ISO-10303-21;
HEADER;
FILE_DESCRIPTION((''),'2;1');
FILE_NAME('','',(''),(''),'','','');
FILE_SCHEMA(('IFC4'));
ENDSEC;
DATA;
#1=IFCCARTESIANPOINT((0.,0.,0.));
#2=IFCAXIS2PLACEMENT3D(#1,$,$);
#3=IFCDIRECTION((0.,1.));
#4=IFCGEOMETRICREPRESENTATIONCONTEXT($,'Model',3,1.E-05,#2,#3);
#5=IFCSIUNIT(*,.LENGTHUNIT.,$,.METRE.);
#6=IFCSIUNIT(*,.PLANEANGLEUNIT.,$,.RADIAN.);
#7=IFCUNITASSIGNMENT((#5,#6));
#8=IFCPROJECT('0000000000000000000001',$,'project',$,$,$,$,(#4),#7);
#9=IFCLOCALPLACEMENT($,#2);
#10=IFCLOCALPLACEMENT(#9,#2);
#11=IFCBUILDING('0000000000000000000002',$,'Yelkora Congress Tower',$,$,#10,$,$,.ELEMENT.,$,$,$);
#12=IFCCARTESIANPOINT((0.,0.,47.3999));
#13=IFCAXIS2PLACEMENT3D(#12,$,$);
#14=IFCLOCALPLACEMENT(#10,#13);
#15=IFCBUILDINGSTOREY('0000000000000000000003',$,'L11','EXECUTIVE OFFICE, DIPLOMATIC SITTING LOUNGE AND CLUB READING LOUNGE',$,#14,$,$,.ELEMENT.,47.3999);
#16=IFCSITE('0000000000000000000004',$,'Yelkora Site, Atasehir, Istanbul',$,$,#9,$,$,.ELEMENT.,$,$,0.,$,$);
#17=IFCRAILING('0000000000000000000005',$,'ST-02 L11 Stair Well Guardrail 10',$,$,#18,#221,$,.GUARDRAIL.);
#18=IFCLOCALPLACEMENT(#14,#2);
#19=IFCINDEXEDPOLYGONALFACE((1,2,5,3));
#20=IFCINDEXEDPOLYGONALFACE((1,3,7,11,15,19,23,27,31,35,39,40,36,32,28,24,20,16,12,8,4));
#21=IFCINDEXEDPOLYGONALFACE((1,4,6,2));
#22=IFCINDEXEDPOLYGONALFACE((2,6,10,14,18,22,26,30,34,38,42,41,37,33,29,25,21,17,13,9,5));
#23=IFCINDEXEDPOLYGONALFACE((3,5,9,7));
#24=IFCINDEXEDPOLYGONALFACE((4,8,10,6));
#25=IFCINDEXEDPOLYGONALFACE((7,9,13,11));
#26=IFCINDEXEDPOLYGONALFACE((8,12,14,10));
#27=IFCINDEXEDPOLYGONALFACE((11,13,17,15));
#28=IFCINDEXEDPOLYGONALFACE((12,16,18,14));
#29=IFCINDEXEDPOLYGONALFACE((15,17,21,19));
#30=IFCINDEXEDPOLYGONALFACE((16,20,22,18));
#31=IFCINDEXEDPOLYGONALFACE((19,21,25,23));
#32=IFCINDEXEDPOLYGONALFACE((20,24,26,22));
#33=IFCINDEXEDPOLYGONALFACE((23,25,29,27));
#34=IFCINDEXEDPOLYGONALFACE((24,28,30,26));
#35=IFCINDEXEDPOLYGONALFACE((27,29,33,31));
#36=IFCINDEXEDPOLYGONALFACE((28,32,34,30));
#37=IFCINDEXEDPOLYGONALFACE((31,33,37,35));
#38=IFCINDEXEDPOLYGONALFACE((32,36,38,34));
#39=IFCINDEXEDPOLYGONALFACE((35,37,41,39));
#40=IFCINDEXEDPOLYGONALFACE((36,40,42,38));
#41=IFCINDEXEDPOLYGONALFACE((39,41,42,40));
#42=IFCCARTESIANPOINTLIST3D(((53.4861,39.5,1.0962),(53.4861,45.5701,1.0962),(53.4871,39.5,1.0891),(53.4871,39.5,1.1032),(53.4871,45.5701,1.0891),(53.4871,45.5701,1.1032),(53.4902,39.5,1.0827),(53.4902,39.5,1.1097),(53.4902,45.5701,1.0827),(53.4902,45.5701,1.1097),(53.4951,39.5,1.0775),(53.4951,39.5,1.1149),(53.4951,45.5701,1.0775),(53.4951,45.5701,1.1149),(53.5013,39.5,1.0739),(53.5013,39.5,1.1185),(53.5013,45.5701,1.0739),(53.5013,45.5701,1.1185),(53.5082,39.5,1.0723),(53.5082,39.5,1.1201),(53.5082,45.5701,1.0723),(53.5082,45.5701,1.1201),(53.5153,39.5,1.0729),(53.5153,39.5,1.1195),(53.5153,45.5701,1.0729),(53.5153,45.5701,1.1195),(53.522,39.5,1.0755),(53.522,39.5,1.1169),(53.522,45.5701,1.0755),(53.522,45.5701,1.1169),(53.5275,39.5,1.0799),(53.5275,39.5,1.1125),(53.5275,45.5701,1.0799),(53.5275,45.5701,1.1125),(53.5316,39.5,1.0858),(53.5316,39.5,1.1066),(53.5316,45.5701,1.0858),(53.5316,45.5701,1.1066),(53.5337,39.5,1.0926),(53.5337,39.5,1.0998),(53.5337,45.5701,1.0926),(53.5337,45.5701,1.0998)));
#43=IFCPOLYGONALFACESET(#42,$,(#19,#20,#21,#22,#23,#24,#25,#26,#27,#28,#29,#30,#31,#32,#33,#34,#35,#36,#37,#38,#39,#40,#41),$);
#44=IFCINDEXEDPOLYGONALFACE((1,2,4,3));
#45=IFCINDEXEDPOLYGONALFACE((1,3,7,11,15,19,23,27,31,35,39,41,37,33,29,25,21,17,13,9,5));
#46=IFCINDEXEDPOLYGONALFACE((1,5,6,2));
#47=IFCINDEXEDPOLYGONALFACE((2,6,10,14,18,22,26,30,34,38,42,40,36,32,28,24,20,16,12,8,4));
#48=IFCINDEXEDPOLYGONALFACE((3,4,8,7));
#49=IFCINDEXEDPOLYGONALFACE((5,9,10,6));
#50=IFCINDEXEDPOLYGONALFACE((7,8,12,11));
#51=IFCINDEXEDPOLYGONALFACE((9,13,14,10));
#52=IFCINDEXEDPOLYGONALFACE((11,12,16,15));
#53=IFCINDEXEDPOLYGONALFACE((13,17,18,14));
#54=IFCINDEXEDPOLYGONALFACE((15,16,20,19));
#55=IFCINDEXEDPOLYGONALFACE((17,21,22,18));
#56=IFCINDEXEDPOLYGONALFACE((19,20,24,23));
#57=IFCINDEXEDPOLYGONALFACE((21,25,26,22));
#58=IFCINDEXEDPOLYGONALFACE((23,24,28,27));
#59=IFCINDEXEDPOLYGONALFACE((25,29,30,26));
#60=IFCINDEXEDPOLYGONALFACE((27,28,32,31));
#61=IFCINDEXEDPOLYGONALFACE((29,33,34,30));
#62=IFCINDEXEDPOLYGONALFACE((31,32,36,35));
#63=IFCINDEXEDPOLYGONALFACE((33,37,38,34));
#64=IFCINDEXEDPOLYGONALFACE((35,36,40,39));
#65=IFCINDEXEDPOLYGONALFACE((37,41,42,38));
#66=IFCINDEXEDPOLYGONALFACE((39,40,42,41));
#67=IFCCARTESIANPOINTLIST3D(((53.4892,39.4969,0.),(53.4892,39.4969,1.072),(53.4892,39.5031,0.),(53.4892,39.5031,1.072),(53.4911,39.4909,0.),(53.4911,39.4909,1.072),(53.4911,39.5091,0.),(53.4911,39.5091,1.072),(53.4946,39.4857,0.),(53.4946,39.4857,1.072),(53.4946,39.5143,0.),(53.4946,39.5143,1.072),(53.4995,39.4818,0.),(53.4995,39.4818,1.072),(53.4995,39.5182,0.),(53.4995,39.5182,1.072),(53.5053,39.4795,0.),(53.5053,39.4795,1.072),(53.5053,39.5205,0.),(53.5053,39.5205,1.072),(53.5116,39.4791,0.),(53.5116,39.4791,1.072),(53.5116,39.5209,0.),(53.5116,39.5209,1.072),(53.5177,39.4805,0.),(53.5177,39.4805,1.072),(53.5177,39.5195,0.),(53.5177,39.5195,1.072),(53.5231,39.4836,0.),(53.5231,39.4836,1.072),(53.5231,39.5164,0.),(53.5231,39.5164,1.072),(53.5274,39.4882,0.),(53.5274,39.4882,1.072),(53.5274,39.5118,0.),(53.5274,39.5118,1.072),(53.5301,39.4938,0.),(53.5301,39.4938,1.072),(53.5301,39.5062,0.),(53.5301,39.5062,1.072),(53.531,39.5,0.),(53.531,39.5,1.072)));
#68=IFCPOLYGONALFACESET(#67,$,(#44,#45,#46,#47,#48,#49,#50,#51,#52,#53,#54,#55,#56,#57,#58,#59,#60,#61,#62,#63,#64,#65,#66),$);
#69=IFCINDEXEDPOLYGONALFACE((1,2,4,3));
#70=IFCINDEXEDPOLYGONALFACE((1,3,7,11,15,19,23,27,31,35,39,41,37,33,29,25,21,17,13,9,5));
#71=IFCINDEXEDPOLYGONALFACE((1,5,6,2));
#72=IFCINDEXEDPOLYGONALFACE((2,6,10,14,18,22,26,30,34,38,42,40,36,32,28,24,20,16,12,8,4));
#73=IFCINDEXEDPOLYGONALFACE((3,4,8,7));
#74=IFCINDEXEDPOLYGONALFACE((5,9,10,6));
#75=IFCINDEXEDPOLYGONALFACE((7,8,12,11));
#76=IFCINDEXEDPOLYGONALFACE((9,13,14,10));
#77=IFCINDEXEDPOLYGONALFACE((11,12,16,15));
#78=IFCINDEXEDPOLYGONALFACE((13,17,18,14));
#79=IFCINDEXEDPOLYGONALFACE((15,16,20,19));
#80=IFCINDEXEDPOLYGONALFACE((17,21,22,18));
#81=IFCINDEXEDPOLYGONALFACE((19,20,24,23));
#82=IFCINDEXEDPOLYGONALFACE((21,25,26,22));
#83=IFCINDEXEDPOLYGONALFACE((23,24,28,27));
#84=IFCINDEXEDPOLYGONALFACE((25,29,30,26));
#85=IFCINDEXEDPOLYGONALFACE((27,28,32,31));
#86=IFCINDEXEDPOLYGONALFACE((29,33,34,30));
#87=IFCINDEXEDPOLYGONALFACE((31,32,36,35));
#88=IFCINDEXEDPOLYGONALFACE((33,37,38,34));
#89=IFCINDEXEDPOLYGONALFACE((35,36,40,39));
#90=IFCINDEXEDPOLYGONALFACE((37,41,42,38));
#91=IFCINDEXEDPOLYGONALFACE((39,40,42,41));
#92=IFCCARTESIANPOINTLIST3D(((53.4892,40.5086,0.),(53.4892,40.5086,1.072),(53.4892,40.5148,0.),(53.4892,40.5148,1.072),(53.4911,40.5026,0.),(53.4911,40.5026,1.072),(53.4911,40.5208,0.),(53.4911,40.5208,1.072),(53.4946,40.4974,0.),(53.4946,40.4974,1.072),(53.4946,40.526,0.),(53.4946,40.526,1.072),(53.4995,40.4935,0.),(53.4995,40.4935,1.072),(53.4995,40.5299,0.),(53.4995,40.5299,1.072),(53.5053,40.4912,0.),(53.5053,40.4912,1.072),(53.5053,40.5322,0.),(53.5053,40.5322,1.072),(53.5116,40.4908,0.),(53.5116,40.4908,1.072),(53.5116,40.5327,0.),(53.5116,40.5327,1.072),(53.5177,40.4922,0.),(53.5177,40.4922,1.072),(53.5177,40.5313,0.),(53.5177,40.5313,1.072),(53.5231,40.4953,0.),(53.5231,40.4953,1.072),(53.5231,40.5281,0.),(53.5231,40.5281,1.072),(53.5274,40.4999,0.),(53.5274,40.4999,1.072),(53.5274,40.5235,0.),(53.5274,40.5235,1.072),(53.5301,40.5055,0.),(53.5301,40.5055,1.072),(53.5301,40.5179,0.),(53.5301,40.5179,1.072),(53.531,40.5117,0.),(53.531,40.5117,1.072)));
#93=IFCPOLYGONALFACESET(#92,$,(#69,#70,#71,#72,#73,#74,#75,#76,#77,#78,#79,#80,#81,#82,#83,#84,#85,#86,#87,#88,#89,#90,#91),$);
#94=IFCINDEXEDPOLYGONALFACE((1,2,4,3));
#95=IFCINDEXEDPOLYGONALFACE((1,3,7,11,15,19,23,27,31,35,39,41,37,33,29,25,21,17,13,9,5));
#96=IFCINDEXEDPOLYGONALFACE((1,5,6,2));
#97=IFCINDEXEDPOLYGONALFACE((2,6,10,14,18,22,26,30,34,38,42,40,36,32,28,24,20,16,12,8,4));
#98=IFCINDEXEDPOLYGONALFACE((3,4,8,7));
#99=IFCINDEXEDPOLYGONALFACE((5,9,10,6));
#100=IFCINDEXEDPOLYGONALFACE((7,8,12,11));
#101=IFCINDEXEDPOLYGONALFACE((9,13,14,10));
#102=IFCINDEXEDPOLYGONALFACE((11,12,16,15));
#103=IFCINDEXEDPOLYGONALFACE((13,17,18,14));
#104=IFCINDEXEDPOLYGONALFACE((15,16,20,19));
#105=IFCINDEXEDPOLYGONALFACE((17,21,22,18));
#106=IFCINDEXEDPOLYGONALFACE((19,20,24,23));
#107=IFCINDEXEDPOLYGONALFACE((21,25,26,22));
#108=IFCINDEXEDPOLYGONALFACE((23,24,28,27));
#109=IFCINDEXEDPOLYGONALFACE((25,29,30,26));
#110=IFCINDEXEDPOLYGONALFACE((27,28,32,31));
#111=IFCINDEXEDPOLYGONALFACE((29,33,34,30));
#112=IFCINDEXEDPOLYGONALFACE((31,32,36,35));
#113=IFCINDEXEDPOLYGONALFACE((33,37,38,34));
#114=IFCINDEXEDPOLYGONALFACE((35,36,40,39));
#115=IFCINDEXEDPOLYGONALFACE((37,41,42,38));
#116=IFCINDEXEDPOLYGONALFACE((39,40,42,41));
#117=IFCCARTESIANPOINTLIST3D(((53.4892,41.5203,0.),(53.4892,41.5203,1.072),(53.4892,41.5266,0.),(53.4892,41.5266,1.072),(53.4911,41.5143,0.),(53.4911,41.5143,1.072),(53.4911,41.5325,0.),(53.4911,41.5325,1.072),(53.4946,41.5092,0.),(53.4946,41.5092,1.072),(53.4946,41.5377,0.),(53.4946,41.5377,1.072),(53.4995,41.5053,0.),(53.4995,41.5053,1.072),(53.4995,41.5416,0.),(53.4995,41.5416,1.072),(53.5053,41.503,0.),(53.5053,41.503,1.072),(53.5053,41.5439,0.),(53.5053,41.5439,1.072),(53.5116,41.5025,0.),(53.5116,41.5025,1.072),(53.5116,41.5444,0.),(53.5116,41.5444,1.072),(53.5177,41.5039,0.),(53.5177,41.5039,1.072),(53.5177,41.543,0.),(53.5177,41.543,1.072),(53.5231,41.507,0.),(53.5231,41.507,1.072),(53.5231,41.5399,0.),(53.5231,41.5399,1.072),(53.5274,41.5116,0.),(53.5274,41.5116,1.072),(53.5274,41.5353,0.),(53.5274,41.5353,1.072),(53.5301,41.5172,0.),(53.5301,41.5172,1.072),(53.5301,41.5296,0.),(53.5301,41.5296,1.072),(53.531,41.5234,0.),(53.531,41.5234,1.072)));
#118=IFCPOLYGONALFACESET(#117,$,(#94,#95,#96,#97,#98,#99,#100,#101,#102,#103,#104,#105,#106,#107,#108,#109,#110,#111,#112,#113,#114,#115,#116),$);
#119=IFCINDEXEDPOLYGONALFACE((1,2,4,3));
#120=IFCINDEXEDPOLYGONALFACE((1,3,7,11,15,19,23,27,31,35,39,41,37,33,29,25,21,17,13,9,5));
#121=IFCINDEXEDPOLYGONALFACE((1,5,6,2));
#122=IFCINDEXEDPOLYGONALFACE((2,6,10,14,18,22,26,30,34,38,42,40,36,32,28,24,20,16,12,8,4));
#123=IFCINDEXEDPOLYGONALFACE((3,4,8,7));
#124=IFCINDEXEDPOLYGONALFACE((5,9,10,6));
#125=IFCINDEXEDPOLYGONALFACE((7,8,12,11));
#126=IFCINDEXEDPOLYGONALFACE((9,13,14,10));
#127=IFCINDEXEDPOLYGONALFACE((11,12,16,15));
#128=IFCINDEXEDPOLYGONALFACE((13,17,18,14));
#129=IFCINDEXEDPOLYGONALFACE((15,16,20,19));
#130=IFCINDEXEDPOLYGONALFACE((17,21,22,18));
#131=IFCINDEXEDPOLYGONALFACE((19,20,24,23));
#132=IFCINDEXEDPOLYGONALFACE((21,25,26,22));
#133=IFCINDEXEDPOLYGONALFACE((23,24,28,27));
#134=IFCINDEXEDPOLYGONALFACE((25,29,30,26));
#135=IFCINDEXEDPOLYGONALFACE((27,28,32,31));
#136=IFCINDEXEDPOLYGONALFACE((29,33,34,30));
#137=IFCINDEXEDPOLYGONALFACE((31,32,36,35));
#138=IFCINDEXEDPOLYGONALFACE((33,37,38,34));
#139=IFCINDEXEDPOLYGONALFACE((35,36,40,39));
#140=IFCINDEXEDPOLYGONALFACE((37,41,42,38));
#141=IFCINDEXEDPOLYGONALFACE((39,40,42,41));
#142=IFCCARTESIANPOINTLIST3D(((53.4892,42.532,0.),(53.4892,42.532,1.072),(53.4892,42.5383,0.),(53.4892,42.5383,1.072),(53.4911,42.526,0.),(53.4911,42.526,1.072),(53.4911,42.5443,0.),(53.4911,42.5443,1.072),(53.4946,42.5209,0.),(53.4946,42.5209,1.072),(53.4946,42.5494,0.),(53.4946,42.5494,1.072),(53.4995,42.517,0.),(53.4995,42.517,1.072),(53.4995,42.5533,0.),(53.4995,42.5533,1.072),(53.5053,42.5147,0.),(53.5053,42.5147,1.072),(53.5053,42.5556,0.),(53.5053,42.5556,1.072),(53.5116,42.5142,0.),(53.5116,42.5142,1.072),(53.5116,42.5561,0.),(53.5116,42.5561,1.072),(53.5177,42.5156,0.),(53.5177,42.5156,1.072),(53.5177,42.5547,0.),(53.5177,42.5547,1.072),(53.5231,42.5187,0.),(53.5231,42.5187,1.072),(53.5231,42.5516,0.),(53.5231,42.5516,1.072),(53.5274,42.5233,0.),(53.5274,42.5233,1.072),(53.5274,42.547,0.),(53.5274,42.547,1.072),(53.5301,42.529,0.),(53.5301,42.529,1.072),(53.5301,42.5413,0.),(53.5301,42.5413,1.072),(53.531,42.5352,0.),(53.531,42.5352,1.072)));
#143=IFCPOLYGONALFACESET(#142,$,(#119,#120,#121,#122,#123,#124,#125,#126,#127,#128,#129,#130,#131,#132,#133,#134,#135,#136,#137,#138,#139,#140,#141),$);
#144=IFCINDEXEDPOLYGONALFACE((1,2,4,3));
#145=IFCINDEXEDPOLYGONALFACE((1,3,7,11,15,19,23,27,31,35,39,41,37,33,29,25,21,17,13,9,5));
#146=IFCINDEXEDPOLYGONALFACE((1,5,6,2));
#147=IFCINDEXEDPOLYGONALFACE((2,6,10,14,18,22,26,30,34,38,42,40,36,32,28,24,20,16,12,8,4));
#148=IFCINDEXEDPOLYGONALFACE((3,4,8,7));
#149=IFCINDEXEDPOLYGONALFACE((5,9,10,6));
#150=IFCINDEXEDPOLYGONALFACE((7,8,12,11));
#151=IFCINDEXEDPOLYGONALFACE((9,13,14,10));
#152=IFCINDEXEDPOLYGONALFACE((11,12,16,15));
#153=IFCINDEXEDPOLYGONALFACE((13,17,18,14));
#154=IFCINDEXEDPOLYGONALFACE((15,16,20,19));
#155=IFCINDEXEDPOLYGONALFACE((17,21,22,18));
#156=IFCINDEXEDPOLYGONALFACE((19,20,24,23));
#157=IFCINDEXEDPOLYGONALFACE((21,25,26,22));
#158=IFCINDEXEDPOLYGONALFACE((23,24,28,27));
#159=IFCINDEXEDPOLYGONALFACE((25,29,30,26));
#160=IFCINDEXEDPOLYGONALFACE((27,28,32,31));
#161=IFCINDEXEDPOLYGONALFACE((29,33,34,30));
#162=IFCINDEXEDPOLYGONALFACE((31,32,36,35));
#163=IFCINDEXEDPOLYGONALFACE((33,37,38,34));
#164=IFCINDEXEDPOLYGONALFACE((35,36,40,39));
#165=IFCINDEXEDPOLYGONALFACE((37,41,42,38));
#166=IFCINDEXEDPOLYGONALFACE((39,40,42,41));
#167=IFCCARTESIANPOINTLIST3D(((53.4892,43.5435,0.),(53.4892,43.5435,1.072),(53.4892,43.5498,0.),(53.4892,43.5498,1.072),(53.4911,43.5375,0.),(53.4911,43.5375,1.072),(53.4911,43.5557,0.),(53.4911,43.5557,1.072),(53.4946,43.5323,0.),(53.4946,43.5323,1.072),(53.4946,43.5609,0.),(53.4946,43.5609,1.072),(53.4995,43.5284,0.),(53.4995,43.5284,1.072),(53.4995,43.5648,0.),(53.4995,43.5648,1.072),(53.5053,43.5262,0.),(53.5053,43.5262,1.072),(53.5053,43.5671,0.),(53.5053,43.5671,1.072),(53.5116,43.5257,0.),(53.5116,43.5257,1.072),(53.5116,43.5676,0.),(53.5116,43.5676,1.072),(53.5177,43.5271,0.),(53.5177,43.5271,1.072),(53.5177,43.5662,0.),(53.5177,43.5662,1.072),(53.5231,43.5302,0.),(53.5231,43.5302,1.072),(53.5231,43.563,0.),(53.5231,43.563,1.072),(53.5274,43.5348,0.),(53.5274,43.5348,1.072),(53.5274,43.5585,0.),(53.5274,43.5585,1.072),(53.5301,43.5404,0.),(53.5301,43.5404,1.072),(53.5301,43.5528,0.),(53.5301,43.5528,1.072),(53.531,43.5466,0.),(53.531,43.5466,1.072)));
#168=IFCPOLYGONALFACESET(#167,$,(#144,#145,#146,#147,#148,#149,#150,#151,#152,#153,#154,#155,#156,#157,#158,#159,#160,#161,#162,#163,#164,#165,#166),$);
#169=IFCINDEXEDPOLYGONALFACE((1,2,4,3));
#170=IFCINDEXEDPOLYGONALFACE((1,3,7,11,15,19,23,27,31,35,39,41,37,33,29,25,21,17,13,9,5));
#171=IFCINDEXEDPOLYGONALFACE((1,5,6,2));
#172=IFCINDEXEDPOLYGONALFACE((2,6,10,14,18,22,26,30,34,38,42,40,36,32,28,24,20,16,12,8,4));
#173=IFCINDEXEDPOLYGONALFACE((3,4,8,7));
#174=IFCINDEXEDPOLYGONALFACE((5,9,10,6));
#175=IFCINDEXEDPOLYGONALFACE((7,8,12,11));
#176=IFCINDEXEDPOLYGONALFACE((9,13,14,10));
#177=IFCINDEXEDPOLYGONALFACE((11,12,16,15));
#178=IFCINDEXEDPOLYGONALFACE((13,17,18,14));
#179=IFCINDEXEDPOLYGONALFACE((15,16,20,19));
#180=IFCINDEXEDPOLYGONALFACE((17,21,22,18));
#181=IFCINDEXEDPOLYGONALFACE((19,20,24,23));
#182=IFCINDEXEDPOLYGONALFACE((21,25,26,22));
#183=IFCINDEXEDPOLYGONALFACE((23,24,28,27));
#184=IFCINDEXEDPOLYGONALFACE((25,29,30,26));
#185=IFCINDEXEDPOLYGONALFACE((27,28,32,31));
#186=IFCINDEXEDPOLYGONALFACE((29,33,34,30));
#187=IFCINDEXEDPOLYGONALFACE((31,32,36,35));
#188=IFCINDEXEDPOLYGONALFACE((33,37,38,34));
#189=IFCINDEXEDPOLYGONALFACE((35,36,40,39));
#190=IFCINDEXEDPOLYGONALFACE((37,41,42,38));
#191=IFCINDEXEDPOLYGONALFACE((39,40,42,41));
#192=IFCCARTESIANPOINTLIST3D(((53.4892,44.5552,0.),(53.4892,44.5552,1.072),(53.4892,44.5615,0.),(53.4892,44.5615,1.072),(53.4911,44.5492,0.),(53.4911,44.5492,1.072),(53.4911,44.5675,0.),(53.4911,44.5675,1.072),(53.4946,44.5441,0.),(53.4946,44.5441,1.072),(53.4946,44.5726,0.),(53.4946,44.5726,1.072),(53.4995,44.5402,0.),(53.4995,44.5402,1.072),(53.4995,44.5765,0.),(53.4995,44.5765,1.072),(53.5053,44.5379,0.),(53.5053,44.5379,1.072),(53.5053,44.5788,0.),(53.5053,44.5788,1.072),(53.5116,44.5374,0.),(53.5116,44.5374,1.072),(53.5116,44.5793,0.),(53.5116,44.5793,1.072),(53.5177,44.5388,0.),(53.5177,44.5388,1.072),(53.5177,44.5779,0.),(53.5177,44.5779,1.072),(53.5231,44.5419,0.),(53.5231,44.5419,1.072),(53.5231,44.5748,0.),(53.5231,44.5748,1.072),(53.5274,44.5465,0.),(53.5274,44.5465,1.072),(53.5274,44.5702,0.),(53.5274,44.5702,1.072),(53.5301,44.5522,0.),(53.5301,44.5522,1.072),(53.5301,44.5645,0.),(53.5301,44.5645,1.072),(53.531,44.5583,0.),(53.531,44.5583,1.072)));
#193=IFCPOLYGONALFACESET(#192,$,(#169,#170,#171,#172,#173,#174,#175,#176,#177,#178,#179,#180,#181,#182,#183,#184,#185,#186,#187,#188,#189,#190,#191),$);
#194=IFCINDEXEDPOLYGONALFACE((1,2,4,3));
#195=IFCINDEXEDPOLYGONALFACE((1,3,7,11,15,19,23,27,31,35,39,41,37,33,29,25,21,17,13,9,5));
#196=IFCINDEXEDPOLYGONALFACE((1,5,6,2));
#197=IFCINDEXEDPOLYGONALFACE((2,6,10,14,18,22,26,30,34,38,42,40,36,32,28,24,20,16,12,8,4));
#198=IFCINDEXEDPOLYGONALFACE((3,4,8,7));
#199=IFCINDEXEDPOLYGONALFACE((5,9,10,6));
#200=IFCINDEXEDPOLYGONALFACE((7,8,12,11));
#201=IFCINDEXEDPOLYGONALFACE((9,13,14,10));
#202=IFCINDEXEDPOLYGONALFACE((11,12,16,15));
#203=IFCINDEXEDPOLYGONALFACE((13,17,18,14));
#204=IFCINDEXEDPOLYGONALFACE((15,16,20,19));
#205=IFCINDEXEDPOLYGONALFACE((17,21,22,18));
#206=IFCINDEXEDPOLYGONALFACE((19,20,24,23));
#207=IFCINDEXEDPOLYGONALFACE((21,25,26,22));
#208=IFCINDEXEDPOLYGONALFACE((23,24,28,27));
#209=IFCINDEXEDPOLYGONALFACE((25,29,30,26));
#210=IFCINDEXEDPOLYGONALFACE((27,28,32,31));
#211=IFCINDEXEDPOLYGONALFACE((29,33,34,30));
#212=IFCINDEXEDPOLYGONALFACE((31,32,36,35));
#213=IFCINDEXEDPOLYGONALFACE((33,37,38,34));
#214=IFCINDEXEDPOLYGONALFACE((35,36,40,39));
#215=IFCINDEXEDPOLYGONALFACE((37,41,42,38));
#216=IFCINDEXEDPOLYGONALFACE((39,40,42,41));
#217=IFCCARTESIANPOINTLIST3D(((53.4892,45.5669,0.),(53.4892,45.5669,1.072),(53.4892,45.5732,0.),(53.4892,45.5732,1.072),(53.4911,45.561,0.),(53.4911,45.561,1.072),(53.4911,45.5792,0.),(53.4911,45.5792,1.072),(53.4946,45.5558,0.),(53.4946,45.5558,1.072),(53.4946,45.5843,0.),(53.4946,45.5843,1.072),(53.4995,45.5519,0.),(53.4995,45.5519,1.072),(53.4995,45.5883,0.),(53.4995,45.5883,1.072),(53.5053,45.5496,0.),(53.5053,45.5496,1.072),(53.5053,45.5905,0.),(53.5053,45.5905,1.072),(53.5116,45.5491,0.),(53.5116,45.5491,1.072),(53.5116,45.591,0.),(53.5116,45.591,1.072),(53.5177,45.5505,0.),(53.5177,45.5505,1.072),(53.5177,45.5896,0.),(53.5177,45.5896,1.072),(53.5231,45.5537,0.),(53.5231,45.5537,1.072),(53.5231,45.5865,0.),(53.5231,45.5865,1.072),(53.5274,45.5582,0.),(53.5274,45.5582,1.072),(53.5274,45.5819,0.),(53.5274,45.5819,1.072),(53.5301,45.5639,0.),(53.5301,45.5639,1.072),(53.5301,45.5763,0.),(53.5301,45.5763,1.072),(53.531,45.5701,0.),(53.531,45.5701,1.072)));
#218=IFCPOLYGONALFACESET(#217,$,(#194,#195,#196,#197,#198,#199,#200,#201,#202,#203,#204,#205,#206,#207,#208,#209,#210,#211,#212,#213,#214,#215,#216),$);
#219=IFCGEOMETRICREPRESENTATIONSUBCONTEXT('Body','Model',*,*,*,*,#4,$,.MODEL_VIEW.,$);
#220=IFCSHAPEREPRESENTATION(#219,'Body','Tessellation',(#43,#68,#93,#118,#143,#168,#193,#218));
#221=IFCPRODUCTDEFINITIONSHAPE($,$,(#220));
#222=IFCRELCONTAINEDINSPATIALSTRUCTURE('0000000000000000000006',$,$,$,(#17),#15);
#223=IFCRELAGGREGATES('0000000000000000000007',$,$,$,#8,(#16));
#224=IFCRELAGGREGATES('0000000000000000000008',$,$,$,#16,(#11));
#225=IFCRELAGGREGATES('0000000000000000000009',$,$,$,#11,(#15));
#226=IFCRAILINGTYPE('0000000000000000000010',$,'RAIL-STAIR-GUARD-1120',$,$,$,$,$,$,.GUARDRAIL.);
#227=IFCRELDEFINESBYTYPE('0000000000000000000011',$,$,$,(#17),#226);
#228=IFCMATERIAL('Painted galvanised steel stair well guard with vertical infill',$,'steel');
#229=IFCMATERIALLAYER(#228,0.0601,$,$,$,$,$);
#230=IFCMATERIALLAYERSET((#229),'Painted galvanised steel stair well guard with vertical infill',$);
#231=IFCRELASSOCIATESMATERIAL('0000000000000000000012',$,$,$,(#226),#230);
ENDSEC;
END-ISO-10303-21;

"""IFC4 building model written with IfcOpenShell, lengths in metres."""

from ifc_helpers import new_model, si_unit, direction, frame, origin, origin_2d, place, context, subcontext, project, spatial, circle, extrude, material, layer, layer_set, type_object, element, save


model = new_model("IFC4")

# Units and contexts
model_context = context("Model", 3, precision=1e-05, world=origin(), true_north=direction((0.0, 1.0)))
body_context = subcontext(model_context, "Body", "Model", "MODEL_VIEW")
ifc_project = project(units=[si_unit("LENGTHUNIT", "METRE"), si_unit("PLANEANGLEUNIT", "RADIAN")], contexts=[model_context])

# Site, building, storey
site_placement = place(None, origin())
site = spatial("IfcSite", under=ifc_project, at=site_placement, Name="Yelkora Site, Atasehir, Istanbul", CompositionType="ELEMENT", RefElevation=0.0)
building_placement = place(site_placement, origin())
building = spatial("IfcBuilding", under=site, at=building_placement, Name="Yelkora Congress Tower", CompositionType="ELEMENT")
storey_placement = place(building_placement, frame((0.0, 0.0, 47.3999)))
storey = spatial("IfcBuildingStorey", under=building, at=storey_placement, Name="L11", Description="EXECUTIVE OFFICE, DIPLOMATIC SITTING LOUNGE AND CLUB READING LOUNGE", CompositionType="ELEMENT", Elevation=47.3999)

# Railing
ifc_material_1 = material(Name="Painted galvanised steel stair well guard with vertical infill", Category="steel")
ifc_layer_1 = layer(ifc_material_1, 0.0601)
ifc_layer_set_1 = layer_set([ifc_layer_1], Name="Painted galvanised steel stair well guard with vertical infill")
railing_type_1 = type_object("IfcRailingType", Name="RAIL-STAIR-GUARD-1120", PredefinedType="GUARDRAIL", material=ifc_layer_set_1)
railing_1_placement = place(storey_placement, frame((53.51, 39.5, 0.0)))
element("IfcRailing", 1, at=railing_1_placement, inside=storey, type_object=railing_type_1, Name="ST-02 L11 Stair Well Guardrail 10", PredefinedType="GUARDRAIL", context=body_context, shape_type="SweptSolid", body=[
    extrude(circle(Radius=0.0239, at=origin_2d()), frame((0.0, 0.0, 1.0962), z_axis=(0.0, 1.0, 0.0), x_axis=(-1.0, 0.0, 0.0)), (0.0, 0.0, 1.0), 6.0701),
    extrude(circle(Radius=0.021, at=origin_2d()), origin(), (0.0, 0.0, 1.0), 1.072),
    extrude(circle(Radius=0.021, at=origin_2d()), frame((0.0, 1.0117, 0.0)), (0.0, 0.0, 1.0), 1.072),
    extrude(circle(Radius=0.021, at=origin_2d()), frame((0.0, 2.0234, 0.0)), (0.0, 0.0, 1.0), 1.072),
    extrude(circle(Radius=0.021, at=origin_2d()), frame((0.0, 3.0352, 0.0)), (0.0, 0.0, 1.0), 1.072),
    extrude(circle(Radius=0.021, at=origin_2d()), frame((0.0, 4.0466, 0.0)), (0.0, 0.0, 1.0), 1.072),
    extrude(circle(Radius=0.021, at=origin_2d()), frame((0.0, 5.0583, 0.0)), (0.0, 0.0, 1.0), 1.072),
    extrude(circle(Radius=0.021, at=origin_2d()), frame((0.0, 6.0701, 0.0)), (0.0, 0.0, 1.0), 1.072),
])

save(model, "model.ifc")
